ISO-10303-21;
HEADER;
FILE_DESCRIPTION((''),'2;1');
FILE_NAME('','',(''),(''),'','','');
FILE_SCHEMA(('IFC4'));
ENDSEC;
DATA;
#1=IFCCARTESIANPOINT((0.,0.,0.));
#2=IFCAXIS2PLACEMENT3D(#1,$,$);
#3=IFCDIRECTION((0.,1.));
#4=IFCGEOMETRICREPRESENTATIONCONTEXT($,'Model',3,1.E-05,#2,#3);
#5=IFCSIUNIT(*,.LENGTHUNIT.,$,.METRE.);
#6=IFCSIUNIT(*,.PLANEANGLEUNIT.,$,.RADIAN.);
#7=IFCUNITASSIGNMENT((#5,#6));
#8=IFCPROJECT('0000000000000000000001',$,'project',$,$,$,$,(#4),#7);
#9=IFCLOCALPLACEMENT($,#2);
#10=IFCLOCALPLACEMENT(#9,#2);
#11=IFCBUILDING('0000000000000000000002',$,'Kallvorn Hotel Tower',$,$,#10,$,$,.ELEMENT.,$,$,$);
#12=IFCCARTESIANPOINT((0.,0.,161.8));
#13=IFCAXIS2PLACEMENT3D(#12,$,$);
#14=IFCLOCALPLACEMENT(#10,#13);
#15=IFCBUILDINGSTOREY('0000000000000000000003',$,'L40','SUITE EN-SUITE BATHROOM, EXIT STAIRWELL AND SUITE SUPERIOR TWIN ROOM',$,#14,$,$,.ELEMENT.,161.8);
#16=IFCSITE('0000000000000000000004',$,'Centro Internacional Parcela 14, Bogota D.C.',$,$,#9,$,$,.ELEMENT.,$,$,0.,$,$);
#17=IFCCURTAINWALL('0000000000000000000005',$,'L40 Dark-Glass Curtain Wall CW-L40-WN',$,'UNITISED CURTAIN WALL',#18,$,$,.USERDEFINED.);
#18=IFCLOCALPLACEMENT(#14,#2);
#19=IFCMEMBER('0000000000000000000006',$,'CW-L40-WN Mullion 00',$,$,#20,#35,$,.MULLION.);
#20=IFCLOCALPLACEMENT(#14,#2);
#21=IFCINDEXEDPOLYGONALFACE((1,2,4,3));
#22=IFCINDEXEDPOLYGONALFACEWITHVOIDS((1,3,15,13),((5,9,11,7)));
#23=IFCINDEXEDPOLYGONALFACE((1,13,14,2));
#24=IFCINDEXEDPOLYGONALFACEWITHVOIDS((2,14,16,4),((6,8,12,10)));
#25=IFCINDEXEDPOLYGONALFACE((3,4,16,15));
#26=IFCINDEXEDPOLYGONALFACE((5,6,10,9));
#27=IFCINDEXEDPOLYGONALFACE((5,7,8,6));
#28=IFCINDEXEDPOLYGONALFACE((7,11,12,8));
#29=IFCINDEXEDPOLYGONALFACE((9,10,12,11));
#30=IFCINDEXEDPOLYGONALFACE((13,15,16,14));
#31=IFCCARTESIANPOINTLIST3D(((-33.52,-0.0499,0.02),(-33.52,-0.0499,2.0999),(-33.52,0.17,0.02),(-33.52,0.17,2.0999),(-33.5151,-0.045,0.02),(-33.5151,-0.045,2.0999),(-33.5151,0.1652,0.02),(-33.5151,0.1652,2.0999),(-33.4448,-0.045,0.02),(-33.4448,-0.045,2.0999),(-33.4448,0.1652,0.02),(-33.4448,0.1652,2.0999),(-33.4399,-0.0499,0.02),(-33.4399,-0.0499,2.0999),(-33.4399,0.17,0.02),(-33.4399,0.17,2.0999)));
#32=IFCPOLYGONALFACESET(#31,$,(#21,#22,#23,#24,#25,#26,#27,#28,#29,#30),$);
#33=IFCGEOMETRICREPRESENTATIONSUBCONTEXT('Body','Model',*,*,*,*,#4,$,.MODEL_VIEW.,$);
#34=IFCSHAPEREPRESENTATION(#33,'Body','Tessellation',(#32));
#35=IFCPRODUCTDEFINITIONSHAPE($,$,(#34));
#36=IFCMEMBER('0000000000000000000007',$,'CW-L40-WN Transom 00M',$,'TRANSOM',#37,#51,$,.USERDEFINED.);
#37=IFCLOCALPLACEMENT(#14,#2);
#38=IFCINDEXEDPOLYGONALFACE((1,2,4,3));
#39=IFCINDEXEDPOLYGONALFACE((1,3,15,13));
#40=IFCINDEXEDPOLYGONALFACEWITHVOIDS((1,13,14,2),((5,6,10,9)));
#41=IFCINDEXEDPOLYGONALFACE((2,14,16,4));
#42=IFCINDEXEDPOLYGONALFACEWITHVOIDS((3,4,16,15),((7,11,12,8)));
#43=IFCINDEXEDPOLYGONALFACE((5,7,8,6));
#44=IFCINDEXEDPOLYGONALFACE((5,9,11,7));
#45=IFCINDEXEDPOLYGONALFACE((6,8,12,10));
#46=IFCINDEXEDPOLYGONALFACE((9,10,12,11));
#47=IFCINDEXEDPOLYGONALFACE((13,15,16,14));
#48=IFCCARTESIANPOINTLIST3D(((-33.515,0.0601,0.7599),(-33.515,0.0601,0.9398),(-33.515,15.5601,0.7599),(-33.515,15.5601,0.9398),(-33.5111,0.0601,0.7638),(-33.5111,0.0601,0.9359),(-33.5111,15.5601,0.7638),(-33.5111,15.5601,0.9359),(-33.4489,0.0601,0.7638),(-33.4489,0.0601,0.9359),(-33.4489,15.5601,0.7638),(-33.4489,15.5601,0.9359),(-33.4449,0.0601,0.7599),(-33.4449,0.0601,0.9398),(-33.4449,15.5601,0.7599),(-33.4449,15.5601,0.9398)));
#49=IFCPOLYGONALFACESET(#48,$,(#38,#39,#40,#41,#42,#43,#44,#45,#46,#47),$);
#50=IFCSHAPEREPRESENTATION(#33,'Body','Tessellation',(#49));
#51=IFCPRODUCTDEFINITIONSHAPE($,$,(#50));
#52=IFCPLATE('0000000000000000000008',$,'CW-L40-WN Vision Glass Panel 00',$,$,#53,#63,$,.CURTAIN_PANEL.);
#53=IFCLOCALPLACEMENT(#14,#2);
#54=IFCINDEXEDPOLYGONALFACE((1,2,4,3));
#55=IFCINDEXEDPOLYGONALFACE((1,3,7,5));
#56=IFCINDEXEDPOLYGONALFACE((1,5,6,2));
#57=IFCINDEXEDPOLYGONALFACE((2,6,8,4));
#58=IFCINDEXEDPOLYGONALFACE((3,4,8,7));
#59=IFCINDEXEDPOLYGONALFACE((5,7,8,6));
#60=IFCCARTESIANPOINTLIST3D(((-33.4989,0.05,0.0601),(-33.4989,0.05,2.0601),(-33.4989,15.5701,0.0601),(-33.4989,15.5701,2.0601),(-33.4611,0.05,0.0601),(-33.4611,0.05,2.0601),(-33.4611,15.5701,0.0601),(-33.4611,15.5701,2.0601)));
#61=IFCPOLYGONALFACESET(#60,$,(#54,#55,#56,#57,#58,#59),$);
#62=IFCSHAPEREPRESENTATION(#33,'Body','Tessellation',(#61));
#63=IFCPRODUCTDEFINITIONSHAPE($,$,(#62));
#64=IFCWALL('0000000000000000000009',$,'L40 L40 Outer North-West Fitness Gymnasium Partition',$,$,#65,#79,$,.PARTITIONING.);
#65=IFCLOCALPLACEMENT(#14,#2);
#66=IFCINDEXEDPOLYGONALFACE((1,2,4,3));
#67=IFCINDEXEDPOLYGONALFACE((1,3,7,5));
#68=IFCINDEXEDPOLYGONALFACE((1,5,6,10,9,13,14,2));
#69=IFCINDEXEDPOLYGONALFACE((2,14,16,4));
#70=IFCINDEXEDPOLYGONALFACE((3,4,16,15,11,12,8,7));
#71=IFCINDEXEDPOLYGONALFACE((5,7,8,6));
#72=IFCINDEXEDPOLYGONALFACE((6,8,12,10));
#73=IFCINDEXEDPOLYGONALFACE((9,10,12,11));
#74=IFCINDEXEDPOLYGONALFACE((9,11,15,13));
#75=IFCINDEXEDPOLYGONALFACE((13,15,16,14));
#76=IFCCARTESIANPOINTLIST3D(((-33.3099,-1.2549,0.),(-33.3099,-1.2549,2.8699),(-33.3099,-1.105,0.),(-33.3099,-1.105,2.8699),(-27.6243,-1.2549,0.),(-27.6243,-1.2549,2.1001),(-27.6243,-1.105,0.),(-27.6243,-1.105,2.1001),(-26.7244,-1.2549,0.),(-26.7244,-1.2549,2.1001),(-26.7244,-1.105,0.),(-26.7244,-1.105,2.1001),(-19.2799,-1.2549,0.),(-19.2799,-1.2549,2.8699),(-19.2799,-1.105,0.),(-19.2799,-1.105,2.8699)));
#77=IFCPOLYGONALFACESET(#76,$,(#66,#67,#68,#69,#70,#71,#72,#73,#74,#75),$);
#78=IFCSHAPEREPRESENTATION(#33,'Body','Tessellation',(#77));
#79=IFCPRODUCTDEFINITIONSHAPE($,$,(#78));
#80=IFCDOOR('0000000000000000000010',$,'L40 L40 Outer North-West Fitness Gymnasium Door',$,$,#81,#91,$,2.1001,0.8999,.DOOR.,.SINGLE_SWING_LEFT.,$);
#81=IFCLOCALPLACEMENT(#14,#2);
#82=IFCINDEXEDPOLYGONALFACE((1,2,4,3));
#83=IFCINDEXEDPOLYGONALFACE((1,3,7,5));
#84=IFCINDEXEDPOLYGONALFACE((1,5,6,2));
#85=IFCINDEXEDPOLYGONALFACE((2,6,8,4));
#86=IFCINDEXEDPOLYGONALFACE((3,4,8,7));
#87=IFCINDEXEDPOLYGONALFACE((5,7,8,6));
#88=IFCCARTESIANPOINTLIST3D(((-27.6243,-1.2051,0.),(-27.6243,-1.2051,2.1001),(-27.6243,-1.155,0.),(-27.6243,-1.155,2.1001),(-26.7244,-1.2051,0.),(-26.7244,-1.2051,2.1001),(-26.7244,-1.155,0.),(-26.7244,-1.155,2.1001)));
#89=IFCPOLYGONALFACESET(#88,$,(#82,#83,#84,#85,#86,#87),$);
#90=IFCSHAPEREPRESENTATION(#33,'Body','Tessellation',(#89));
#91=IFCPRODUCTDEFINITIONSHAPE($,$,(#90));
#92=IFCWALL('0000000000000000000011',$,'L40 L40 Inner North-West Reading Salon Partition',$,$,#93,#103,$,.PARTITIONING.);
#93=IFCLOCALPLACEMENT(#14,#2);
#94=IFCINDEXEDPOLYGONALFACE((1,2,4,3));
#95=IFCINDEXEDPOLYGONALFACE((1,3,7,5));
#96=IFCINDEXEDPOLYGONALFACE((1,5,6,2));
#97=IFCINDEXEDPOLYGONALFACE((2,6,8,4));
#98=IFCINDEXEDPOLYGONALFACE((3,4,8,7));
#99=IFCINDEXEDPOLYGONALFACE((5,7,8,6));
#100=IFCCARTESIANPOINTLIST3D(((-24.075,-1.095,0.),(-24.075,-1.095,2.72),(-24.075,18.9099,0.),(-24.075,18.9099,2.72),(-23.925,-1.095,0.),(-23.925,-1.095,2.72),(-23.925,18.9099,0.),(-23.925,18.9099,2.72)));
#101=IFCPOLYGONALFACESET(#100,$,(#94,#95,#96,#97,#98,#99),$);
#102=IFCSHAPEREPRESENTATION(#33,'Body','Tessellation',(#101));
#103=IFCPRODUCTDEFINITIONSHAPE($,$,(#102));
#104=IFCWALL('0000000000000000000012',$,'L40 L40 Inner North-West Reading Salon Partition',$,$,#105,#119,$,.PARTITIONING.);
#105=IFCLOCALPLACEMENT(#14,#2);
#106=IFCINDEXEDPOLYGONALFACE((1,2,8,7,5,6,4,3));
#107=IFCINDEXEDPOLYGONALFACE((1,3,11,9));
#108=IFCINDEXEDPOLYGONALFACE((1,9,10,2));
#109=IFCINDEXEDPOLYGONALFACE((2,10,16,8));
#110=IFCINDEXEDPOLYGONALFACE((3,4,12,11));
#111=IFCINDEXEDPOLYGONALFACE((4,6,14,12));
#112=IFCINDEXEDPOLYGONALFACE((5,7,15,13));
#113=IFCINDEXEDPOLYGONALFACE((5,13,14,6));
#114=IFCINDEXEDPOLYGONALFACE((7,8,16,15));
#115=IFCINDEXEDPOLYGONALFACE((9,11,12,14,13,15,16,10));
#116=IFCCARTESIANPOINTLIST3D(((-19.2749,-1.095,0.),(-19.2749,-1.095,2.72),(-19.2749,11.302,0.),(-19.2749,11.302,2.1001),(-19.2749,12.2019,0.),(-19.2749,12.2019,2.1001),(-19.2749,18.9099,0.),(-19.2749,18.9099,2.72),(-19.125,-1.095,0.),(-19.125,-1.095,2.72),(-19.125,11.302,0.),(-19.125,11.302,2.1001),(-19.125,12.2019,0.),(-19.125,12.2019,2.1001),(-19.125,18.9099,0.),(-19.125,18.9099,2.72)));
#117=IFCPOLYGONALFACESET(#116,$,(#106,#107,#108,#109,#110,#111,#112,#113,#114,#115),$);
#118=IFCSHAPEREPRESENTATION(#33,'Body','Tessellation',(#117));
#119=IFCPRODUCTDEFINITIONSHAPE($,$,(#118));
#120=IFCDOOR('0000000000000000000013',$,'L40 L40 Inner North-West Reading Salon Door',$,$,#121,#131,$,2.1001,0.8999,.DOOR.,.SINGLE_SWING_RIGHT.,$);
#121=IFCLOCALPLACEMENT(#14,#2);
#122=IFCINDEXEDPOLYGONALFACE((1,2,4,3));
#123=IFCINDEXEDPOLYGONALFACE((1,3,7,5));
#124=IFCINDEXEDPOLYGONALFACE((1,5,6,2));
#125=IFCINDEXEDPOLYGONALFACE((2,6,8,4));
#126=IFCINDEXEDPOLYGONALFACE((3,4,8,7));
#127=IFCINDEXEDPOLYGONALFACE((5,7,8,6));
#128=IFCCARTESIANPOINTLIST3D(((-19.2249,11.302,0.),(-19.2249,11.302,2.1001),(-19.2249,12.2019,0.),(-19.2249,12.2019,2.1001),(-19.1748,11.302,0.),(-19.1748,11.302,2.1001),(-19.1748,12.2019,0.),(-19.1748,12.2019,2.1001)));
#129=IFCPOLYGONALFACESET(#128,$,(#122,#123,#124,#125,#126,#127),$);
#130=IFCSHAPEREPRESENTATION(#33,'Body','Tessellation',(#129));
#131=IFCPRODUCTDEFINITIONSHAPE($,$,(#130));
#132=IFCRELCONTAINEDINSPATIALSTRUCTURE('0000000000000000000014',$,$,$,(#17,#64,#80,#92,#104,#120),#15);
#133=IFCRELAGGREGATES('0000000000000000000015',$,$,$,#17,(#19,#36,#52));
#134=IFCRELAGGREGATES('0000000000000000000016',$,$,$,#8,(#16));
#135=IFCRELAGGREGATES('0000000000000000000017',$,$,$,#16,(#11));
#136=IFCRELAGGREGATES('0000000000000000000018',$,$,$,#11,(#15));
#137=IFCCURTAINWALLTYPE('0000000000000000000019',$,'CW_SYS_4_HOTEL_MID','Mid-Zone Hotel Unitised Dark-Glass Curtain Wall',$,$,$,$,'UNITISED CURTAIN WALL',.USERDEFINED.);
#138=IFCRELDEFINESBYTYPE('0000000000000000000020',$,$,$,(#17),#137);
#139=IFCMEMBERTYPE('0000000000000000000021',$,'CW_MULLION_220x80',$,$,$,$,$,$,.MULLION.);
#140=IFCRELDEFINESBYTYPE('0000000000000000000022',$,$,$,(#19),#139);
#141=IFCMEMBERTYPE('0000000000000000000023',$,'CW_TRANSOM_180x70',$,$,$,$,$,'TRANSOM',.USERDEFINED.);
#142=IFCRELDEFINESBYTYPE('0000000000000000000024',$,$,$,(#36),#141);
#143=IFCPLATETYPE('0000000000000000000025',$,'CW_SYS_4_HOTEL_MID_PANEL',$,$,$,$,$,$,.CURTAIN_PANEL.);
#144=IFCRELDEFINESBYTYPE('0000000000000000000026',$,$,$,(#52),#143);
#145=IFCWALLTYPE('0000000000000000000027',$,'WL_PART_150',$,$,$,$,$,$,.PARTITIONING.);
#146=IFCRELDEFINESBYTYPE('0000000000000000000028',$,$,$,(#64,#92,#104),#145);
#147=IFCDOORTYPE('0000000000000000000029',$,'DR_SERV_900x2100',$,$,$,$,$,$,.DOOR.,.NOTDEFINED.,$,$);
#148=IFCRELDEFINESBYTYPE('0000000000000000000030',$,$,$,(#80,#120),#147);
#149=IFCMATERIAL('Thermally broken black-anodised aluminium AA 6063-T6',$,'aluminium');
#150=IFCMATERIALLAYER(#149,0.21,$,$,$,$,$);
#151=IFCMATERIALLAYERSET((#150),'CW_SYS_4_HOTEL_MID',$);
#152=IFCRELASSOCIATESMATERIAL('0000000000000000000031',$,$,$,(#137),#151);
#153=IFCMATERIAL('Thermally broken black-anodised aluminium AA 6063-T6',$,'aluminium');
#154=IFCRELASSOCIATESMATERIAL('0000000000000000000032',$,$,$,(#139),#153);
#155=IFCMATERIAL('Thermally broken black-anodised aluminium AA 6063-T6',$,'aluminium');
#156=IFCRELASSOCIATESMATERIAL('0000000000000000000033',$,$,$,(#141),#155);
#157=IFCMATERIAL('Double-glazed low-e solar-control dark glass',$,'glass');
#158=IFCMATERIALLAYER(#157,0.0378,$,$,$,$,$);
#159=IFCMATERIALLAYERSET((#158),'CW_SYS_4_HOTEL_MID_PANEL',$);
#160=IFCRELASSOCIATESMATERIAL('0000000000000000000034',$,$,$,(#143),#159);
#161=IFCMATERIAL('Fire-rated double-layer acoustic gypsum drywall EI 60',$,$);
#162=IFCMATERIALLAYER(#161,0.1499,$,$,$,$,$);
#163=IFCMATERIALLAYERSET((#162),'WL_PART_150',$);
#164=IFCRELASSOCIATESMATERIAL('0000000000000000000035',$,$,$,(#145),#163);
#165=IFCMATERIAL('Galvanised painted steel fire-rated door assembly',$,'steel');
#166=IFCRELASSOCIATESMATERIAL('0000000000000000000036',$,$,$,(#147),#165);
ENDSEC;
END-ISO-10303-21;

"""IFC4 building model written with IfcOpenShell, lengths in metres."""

from ifc_helpers import new_model, si_unit, direction, frame, frame_2d, origin, origin_2d, place, context, subcontext, project, spatial, rectangle, hollow_rectangle, extrude, material, layer, layer_set, material_profile, profile_set, type_object, element, fill, aggregate, save


model = new_model("IFC4")

# Units and contexts
model_context = context("Model", 3, precision=1e-05, world=origin(), true_north=direction((0.0, 1.0)))
body_context = subcontext(model_context, "Body", "Model", "MODEL_VIEW")
ifc_project = project(units=[si_unit("LENGTHUNIT", "METRE"), si_unit("PLANEANGLEUNIT", "RADIAN")], contexts=[model_context])

# Site, building, storey
site_placement = place(None, origin())
site = spatial("IfcSite", under=ifc_project, at=site_placement, Name="Centro Internacional Parcela 14, Bogota D.C.", CompositionType="ELEMENT", RefElevation=0.0)
building_placement = place(site_placement, origin())
building = spatial("IfcBuilding", under=site, at=building_placement, Name="Kallvorn Hotel Tower", CompositionType="ELEMENT")
storey_placement = place(building_placement, frame((0.0, 0.0, 161.8)))
storey = spatial("IfcBuildingStorey", under=building, at=storey_placement, Name="L40", Description="SUITE EN-SUITE BATHROOM, EXIT STAIRWELL AND SUITE SUPERIOR TWIN ROOM", CompositionType="ELEMENT", Elevation=161.8)

# Curtain wall, members, plate
ifc_material_1 = material(Name="Thermally broken black-anodised aluminium AA 6063-T6", Category="aluminium")
ifc_layer_1 = layer(ifc_material_1, 0.21)
ifc_layer_set_1 = layer_set([ifc_layer_1], Name="CW_SYS_4_HOTEL_MID")
curtain_wall_type = type_object("IfcCurtainWallType", Name="CW_SYS_4_HOTEL_MID", Description="Mid-Zone Hotel Unitised Dark-Glass Curtain Wall", ElementType="UNITISED CURTAIN WALL", PredefinedType="USERDEFINED", material=ifc_layer_set_1)
curtain_wall_placement = place(storey_placement, origin())
curtain_wall = element("IfcCurtainWall", 1, at=curtain_wall_placement, inside=storey, type_object=curtain_wall_type, Name="L40 Dark-Glass Curtain Wall CW-L40-WN", ObjectType="UNITISED CURTAIN WALL", PredefinedType="USERDEFINED")
ifc_material_2 = material(Name="Thermally broken black-anodised aluminium AA 6063-T6", Category="aluminium")
ifc_material_profile_1 = material_profile(ifc_material_2, hollow_rectangle(XDim=0.0801, YDim=0.22, WallThickness=0.0049, at=origin_2d()), Name="MUL 220x80")
ifc_profile_set_1 = profile_set([ifc_material_profile_1], Name="Thermally broken black-anodised aluminium AA 6063-T6")
member_type_1 = type_object("IfcMemberType", Name="CW_MULLION_220x80", PredefinedType="MULLION", material=ifc_profile_set_1)
member_1_placement = place(storey_placement, frame((-33.48, 0.0601, 0.02), z_axis=(0.0, 0.0, 1.0), x_axis=(1.0, 0.0, 0.0)))
member_1 = element("IfcMember", 2, at=member_1_placement, type_object=member_type_1, Name="CW-L40-WN Mullion 00", PredefinedType="MULLION", context=body_context, shape_type="SweptSolid", body=[
    extrude(hollow_rectangle(XDim=0.0801, YDim=0.22, WallThickness=0.0049, at=origin_2d()), origin(), (0.0, 0.0, 1.0), 2.0798),
])
ifc_material_3 = material(Name="Thermally broken black-anodised aluminium AA 6063-T6", Category="aluminium")
ifc_material_profile_2 = material_profile(ifc_material_3, hollow_rectangle(XDim=0.0701, YDim=0.1799, WallThickness=0.0039, at=origin_2d()), Name="TRN 180x70")
ifc_profile_set_2 = profile_set([ifc_material_profile_2], Name="Thermally broken black-anodised aluminium AA 6063-T6")
member_type_2 = type_object("IfcMemberType", Name="CW_TRANSOM_180x70", ElementType="TRANSOM", PredefinedType="USERDEFINED", material=ifc_profile_set_2)
member_2_placement = place(storey_placement, frame((-33.48, 0.0601, 0.8499), z_axis=(0.0, 1.0, 0.0), x_axis=(-1.0, 0.0, 0.0)))
member_2 = element("IfcMember", 3, at=member_2_placement, type_object=member_type_2, Name="CW-L40-WN Transom 00M", ObjectType="TRANSOM", PredefinedType="USERDEFINED", context=body_context, shape_type="SweptSolid", body=[
    extrude(hollow_rectangle(XDim=0.0701, YDim=0.1799, WallThickness=0.0039, at=origin_2d()), origin(), (0.0, 0.0, 1.0), 15.5),
])
ifc_material_4 = material(Name="Double-glazed low-e solar-control dark glass", Category="glass")
ifc_layer_2 = layer(ifc_material_4, 0.0378)
ifc_layer_set_2 = layer_set([ifc_layer_2], Name="CW_SYS_4_HOTEL_MID_PANEL")
plate_type = type_object("IfcPlateType", Name="CW_SYS_4_HOTEL_MID_PANEL", PredefinedType="CURTAIN_PANEL", material=ifc_layer_set_2)
plate_placement = place(storey_placement, frame((-33.48, 7.8101, 0.0601), z_axis=(0.0, 0.0, 1.0), x_axis=(0.0, 1.0, 0.0)))
plate = element("IfcPlate", 4, at=plate_placement, type_object=plate_type, Name="CW-L40-WN Vision Glass Panel 00", PredefinedType="CURTAIN_PANEL", context=body_context, shape_type="SweptSolid", body=[
    extrude(rectangle(XDim=15.52, YDim=0.0378, at=origin_2d()), origin(), (0.0, 0.0, 1.0), 2.0),
])
aggregate(curtain_wall, [member_1, member_2, plate])

# Wall, opening, door
ifc_material_5 = material(Name="Fire-rated double-layer acoustic gypsum drywall EI 60")
ifc_layer_3 = layer(ifc_material_5, 0.1499)
ifc_layer_set_3 = layer_set([ifc_layer_3], Name="WL_PART_150")
wall_type = type_object("IfcWallType", Name="WL_PART_150", PredefinedType="PARTITIONING", material=ifc_layer_set_3)
wall_1_placement = place(storey_placement, frame((-33.3101, -1.1799, 0.0), z_axis=(0.0, 0.0, 1.0), x_axis=(1.0, 0.0, 0.0)))
wall_1 = element("IfcWall", 5, at=wall_1_placement, inside=storey, type_object=wall_type, Name="L40 L40 Outer North-West Fitness Gymnasium Partition", PredefinedType="PARTITIONING", context=body_context, shape_type="SweptSolid", body=[
    extrude(rectangle(XDim=14.03, YDim=0.1499, at=frame_2d((7.0151, 0.0))), origin(), (0.0, 0.0, 1.0), 2.8699),
])
opening_1_placement = place(wall_1_placement, frame((5.6858, 0.0, 0.0)))
opening_1 = element("IfcOpeningElement", 6, at=opening_1_placement, cuts=wall_1, PredefinedType="OPENING", context=body_context, shape_type="SweptSolid", body=[
    extrude(rectangle(XDim=0.8999, YDim=2.1001, at=frame_2d((0.45, 1.05))), frame((0.0, 0.0898, 0.0), z_axis=(0.0, -1.0, 0.0), x_axis=(1.0, 0.0, 0.0)), (0.0, 0.0, 1.0), 0.1799),
])
ifc_material_6 = material(Name="Galvanised painted steel fire-rated door assembly", Category="steel")
door_type = type_object("IfcDoorType", Name="DR_SERV_900x2100", OperationType="NOTDEFINED", PredefinedType="DOOR", material=ifc_material_6)
door_1_placement = place(opening_1_placement, origin())
door_1 = element("IfcDoor", 7, at=door_1_placement, inside=storey, type_object=door_type, Name="L40 L40 Outer North-West Fitness Gymnasium Door", OperationType="SINGLE_SWING_LEFT", OverallHeight=2.1001, OverallWidth=0.8999, PredefinedType="DOOR", context=body_context, shape_type="SweptSolid", body=[
    extrude(rectangle(XDim=0.8999, YDim=2.1001, at=frame_2d((0.45, 1.05))), frame((0.0, 0.0249, 0.0), z_axis=(0.0, -1.0, 0.0), x_axis=(1.0, 0.0, 0.0)), (0.0, 0.0, 1.0), 0.05),
])
fill(opening_1, door_1)

# Wall
wall_2_placement = place(storey_placement, frame((-24.0, -1.095, 0.0), z_axis=(0.0, 0.0, 1.0), x_axis=(0.0, 1.0, 0.0)))
element("IfcWall", 8, at=wall_2_placement, inside=storey, type_object=wall_type, Name="L40 L40 Inner North-West Reading Salon Partition", PredefinedType="PARTITIONING", context=body_context, shape_type="SweptSolid", body=[
    extrude(rectangle(XDim=20.0049, YDim=0.1499, at=frame_2d((10.0024, 0.0))), origin(), (0.0, 0.0, 1.0), 2.72),
])

# Wall, opening, door
wall_3_placement = place(storey_placement, frame((-19.2, -1.095, 0.0), z_axis=(0.0, 0.0, 1.0), x_axis=(0.0, 1.0, 0.0)))
wall_3 = element("IfcWall", 9, at=wall_3_placement, inside=storey, type_object=wall_type, Name="L40 L40 Inner North-West Reading Salon Partition", PredefinedType="PARTITIONING", context=body_context, shape_type="SweptSolid", body=[
    extrude(rectangle(XDim=20.0049, YDim=0.1499, at=frame_2d((10.0024, 0.0))), origin(), (0.0, 0.0, 1.0), 2.72),
])
opening_2_placement = place(wall_3_placement, frame((12.397, 0.0, 0.0)))
opening_2 = element("IfcOpeningElement", 10, at=opening_2_placement, cuts=wall_3, PredefinedType="OPENING", context=body_context, shape_type="SweptSolid", body=[
    extrude(rectangle(XDim=0.8999, YDim=2.1001, at=frame_2d((0.45, 1.05))), frame((0.0, 0.0898, 0.0), z_axis=(0.0, -1.0, 0.0), x_axis=(1.0, 0.0, 0.0)), (0.0, 0.0, 1.0), 0.1799),
])
door_2_placement = place(opening_2_placement, origin())
door_2 = element("IfcDoor", 11, at=door_2_placement, inside=storey, type_object=door_type, Name="L40 L40 Inner North-West Reading Salon Door", OperationType="SINGLE_SWING_RIGHT", OverallHeight=2.1001, OverallWidth=0.8999, PredefinedType="DOOR", context=body_context, shape_type="SweptSolid", body=[
    extrude(rectangle(XDim=0.8999, YDim=2.1001, at=frame_2d((0.45, 1.05))), frame((0.0, 0.0249, 0.0), z_axis=(0.0, -1.0, 0.0), x_axis=(1.0, 0.0, 0.0)), (0.0, 0.0, 1.0), 0.05),
])
fill(opening_2, door_2)

save(model, "model.ifc")
